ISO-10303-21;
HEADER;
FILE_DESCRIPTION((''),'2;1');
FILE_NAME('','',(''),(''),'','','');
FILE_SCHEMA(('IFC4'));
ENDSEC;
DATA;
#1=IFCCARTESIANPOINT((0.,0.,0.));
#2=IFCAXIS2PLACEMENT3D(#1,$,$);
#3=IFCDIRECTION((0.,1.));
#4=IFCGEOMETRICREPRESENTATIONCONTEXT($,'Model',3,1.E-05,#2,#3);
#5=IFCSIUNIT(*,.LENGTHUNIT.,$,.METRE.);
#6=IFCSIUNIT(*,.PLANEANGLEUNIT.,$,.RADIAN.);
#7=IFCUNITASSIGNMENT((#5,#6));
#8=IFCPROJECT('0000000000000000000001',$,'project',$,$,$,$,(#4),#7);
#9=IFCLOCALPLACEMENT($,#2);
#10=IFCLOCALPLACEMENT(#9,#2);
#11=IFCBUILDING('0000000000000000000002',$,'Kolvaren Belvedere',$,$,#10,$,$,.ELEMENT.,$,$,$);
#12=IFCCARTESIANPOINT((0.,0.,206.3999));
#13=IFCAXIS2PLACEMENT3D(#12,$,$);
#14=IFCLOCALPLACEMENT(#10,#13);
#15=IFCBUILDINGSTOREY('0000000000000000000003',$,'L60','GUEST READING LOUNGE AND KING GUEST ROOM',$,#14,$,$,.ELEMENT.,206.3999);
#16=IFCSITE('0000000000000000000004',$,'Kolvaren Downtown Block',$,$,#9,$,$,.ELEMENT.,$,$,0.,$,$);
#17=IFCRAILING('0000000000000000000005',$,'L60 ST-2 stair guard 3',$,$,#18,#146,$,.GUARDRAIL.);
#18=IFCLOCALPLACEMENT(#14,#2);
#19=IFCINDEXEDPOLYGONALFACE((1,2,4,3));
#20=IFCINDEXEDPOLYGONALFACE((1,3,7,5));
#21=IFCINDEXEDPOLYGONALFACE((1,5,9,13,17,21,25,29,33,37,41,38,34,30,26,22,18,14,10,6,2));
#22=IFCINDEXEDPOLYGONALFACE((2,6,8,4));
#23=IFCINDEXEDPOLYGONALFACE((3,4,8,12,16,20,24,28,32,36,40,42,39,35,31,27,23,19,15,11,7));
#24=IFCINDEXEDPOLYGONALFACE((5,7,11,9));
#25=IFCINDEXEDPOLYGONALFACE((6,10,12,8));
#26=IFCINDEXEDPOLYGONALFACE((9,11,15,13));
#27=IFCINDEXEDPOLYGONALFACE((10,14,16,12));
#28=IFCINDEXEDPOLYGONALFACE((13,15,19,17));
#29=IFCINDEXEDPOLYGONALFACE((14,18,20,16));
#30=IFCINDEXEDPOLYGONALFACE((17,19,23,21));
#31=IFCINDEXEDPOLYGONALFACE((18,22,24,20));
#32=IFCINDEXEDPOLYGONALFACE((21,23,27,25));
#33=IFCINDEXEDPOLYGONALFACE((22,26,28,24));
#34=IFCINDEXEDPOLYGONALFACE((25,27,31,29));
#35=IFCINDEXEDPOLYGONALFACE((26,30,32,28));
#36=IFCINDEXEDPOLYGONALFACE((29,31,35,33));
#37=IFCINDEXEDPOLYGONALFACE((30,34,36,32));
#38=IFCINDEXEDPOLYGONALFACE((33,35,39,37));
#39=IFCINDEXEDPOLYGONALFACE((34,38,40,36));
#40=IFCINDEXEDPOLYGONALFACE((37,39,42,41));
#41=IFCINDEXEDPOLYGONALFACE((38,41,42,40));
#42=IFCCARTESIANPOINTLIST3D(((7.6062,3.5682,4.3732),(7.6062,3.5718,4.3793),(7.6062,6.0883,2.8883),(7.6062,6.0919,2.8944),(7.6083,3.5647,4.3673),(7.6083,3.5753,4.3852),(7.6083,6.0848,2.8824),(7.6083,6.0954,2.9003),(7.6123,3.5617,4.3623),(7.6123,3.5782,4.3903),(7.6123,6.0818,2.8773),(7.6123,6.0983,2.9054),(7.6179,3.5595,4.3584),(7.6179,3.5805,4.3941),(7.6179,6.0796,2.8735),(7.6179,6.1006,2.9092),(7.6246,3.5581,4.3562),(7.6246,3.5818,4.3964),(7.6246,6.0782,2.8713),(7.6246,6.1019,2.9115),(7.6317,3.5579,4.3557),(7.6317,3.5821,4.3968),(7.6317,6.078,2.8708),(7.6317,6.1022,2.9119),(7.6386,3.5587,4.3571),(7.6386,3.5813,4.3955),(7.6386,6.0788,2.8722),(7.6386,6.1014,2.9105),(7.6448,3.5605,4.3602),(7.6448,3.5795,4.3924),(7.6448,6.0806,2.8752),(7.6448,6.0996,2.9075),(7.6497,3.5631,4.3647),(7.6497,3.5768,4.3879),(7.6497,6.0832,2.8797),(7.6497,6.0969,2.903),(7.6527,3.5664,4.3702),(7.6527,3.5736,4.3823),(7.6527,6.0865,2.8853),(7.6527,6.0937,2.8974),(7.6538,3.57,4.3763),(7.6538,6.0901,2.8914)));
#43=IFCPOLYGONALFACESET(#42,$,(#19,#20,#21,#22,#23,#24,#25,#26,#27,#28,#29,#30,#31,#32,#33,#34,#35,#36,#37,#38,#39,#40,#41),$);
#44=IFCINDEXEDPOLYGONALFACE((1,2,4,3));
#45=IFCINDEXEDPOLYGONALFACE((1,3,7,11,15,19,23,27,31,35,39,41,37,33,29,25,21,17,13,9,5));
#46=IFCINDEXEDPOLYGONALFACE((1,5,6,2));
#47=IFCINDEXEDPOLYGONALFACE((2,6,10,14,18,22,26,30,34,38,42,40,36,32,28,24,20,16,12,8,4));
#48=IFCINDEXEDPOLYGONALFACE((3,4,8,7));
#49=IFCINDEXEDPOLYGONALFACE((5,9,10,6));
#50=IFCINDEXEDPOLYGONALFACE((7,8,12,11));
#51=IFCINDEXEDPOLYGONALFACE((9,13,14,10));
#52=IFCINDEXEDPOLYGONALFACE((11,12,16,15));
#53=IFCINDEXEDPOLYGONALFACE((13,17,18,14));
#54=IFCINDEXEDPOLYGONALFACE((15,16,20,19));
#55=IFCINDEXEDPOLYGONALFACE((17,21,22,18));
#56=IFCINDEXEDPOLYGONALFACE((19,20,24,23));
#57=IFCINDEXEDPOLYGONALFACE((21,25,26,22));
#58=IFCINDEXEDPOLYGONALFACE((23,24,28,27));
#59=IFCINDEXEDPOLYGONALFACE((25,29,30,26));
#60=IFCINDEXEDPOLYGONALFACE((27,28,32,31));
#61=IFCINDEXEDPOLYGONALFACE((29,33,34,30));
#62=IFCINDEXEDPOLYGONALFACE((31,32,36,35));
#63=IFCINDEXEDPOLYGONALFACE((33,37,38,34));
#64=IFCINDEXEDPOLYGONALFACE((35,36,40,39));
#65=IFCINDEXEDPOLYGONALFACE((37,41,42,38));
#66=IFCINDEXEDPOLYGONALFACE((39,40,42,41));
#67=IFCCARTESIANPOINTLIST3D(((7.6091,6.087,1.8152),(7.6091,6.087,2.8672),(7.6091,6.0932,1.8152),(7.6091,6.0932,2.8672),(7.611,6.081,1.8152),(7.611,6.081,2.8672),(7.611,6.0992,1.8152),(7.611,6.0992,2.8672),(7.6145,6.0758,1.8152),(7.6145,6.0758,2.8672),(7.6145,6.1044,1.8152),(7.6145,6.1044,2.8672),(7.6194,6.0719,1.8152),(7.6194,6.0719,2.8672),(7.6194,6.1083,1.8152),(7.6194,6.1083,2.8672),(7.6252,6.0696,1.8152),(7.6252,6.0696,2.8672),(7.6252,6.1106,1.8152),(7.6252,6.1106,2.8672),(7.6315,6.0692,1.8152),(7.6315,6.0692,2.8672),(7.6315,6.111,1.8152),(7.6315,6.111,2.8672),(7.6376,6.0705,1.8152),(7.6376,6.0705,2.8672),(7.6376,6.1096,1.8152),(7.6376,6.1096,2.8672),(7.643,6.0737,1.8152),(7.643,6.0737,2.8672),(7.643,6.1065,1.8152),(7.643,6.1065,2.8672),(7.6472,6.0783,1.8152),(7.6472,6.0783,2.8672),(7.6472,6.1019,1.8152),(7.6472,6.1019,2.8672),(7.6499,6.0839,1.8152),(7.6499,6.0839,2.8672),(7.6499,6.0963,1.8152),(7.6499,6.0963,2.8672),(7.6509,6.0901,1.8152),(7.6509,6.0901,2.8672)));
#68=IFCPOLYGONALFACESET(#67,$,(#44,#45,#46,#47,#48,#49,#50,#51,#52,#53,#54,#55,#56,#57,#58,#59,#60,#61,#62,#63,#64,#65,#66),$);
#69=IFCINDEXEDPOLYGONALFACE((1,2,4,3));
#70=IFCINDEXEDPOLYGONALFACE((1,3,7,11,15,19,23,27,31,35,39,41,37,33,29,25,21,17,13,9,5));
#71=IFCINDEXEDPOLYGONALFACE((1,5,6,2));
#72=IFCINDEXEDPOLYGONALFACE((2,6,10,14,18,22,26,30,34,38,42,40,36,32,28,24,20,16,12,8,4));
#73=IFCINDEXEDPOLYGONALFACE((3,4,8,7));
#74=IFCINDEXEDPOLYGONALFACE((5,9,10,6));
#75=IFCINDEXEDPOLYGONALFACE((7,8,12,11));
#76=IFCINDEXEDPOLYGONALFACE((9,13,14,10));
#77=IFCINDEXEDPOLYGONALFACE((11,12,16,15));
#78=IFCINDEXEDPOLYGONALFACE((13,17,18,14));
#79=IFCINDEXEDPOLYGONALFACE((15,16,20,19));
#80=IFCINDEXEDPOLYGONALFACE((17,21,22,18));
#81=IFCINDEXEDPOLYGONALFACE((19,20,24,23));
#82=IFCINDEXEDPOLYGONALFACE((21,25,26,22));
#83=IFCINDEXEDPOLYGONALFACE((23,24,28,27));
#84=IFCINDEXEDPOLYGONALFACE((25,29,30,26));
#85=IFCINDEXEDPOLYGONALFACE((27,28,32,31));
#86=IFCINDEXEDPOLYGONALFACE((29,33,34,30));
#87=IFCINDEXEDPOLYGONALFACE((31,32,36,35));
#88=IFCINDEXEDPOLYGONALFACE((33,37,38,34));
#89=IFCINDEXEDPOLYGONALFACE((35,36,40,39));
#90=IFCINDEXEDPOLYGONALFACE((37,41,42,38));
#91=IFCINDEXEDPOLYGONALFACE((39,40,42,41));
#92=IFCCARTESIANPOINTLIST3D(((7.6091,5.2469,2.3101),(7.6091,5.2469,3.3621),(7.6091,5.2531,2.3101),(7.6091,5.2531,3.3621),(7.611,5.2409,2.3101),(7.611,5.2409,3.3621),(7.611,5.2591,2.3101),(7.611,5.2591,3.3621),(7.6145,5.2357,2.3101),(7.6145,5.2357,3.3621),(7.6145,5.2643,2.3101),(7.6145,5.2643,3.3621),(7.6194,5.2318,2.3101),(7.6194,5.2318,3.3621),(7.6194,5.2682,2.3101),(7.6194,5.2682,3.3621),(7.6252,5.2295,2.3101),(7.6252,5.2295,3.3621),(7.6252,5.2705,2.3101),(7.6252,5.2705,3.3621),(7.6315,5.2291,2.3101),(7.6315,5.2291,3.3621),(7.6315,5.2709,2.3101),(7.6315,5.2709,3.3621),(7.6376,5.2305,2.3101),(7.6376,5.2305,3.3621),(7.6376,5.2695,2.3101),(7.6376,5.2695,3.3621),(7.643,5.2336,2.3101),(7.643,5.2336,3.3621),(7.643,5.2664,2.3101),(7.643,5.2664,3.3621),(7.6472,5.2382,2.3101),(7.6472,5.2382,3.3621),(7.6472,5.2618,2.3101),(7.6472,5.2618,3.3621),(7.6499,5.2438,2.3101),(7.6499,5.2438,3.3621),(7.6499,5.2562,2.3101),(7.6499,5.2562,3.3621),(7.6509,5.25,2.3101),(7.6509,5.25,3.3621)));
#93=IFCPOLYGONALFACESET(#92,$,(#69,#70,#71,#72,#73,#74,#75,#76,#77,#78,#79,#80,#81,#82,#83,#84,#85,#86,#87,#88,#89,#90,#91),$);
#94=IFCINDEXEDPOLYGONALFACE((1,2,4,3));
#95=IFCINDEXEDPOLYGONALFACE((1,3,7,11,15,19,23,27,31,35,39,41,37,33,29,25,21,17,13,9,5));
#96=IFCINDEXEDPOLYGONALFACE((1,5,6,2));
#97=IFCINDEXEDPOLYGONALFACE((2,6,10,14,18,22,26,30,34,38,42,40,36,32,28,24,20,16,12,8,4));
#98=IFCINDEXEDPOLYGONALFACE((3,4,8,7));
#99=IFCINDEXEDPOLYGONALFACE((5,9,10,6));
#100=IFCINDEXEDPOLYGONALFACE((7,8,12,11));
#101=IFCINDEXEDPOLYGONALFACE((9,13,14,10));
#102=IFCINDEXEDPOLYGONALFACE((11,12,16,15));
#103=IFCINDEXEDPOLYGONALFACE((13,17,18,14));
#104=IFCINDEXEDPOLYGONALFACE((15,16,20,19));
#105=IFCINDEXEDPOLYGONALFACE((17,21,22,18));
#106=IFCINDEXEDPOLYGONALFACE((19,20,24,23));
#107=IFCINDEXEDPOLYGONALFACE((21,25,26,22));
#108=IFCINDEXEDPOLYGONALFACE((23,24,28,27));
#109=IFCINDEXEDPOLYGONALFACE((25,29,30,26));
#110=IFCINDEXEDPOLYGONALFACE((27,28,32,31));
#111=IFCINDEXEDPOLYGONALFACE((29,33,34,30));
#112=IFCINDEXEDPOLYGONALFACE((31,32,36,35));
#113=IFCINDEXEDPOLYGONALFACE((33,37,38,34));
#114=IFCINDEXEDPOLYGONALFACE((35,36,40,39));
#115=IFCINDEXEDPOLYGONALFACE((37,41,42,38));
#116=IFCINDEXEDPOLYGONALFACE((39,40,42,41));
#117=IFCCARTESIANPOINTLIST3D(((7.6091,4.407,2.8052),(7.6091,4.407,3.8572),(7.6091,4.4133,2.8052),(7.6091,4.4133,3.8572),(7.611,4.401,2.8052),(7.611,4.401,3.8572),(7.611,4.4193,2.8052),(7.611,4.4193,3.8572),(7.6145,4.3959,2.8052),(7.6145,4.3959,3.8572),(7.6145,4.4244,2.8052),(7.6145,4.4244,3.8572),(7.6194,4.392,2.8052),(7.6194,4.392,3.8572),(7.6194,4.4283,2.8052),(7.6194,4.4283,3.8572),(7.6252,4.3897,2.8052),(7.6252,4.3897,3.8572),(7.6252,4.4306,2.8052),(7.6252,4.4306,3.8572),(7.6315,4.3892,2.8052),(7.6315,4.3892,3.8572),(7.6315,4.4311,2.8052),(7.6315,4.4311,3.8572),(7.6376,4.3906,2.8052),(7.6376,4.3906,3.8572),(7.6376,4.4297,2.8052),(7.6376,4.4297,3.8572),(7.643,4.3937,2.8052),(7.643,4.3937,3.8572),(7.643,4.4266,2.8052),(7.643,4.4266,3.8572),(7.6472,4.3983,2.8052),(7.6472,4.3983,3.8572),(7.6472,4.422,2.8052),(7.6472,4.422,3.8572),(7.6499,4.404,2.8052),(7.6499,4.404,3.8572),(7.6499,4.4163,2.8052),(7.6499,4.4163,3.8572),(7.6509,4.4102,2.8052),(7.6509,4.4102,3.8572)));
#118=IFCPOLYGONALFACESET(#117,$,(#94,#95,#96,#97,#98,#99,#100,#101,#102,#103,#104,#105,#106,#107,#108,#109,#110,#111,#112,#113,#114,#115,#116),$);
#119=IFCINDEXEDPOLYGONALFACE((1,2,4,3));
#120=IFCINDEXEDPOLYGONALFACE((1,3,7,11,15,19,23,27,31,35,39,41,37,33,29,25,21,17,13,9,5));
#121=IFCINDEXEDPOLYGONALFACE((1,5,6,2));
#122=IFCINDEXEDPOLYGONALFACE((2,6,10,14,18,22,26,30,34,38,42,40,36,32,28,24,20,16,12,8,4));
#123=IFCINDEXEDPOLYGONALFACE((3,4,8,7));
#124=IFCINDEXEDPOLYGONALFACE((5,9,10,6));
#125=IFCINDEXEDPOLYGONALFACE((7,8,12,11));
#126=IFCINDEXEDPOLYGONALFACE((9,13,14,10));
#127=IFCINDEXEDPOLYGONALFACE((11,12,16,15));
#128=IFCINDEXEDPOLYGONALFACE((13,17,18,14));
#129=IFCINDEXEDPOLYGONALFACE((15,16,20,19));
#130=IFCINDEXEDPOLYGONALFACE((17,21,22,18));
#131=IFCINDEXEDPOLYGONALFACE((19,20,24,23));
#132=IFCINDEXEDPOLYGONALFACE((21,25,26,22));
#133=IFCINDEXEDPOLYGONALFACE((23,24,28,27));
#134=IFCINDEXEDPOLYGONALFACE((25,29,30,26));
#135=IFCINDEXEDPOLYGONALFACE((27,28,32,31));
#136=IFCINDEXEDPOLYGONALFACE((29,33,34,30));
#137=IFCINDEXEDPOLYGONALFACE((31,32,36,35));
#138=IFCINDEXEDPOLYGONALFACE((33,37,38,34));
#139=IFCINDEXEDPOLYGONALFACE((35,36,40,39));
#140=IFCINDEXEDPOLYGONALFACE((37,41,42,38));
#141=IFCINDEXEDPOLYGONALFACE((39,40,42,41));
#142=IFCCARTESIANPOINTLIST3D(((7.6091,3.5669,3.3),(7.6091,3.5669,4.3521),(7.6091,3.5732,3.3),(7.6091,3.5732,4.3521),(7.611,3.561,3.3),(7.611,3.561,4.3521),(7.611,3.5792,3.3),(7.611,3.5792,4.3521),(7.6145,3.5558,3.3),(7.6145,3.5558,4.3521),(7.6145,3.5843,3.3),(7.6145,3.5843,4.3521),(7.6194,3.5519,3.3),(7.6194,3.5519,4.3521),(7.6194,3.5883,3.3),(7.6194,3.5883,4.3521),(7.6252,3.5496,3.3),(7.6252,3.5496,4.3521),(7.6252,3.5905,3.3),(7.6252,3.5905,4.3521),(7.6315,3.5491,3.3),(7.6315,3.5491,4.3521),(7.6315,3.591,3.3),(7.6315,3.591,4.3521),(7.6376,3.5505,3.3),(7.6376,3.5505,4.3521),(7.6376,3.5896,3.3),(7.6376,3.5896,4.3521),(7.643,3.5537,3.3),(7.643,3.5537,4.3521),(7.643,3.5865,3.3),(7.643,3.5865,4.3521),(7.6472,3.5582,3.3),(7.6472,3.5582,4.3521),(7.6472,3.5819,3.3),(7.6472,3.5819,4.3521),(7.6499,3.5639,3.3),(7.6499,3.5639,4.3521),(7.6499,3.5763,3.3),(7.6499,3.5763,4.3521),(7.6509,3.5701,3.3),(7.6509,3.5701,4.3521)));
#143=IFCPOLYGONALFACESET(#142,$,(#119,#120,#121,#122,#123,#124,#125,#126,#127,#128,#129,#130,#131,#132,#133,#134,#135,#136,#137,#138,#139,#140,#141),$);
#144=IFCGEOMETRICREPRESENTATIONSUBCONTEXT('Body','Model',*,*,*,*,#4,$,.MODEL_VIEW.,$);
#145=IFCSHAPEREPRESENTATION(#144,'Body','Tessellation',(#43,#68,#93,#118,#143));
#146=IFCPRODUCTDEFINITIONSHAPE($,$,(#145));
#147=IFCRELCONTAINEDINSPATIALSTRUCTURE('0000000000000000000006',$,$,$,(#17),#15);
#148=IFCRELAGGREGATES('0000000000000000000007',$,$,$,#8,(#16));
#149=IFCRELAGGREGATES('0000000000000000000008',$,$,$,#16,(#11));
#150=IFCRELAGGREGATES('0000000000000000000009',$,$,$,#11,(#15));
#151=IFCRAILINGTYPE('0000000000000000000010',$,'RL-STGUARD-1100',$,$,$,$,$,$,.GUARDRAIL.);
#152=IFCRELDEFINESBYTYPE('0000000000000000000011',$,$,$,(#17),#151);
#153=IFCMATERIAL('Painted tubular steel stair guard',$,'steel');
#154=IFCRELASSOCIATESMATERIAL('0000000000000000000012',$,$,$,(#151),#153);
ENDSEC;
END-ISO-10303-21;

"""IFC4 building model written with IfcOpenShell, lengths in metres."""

from ifc_helpers import new_model, si_unit, direction, frame, origin, origin_2d, place, context, subcontext, project, spatial, circle, extrude, material, type_object, element, save


model = new_model("IFC4")

# Units and contexts
model_context = context("Model", 3, precision=1e-05, world=origin(), true_north=direction((0.0, 1.0)))
body_context = subcontext(model_context, "Body", "Model", "MODEL_VIEW")
ifc_project = project(units=[si_unit("LENGTHUNIT", "METRE"), si_unit("PLANEANGLEUNIT", "RADIAN")], contexts=[model_context])

# Site, building, storey
site_placement = place(None, origin())
site = spatial("IfcSite", under=ifc_project, at=site_placement, Name="Kolvaren Downtown Block", CompositionType="ELEMENT", RefElevation=0.0)
building_placement = place(site_placement, origin())
building = spatial("IfcBuilding", under=site, at=building_placement, Name="Kolvaren Belvedere", CompositionType="ELEMENT")
storey_placement = place(building_placement, frame((0.0, 0.0, 206.3999)))
storey = spatial("IfcBuildingStorey", under=building, at=storey_placement, Name="L60", Description="GUEST READING LOUNGE AND KING GUEST ROOM", CompositionType="ELEMENT", Elevation=206.3999)

# Railing
ifc_material_1 = material(Name="Painted tubular steel stair guard", Category="steel")
railing_type_1 = type_object("IfcRailingType", Name="RL-STGUARD-1100", PredefinedType="GUARDRAIL", material=ifc_material_1)
railing_1_placement = place(storey_placement, frame((7.6299, 6.0901, 1.8152)))
element("IfcRailing", 1, at=railing_1_placement, inside=storey, type_object=railing_type_1, Name="L60 ST-2 stair guard 3", PredefinedType="GUARDRAIL", context=body_context, shape_type="SweptSolid", body=[
    extrude(circle(Radius=0.0239, at=origin_2d()), frame((0.0, 0.0, 1.0762), z_axis=(0.0, -0.861561, 0.507655), x_axis=(1.0, 0.0, 0.0)), (0.0, 0.0, 1.0), 2.925),
    extrude(circle(Radius=0.021, at=origin_2d()), origin(), (0.0, 0.0, 1.0), 1.052),
    extrude(circle(Radius=0.021, at=origin_2d()), frame((0.0, -0.8401, 0.4949)), (0.0, 0.0, 1.0), 1.052),
    extrude(circle(Radius=0.021, at=origin_2d()), frame((0.0, -1.6799, 0.99)), (0.0, 0.0, 1.0), 1.052),
    extrude(circle(Radius=0.021, at=origin_2d()), frame((0.0, -2.52, 1.4849)), (0.0, 0.0, 1.0), 1.052),
])

save(model, "model.ifc")
